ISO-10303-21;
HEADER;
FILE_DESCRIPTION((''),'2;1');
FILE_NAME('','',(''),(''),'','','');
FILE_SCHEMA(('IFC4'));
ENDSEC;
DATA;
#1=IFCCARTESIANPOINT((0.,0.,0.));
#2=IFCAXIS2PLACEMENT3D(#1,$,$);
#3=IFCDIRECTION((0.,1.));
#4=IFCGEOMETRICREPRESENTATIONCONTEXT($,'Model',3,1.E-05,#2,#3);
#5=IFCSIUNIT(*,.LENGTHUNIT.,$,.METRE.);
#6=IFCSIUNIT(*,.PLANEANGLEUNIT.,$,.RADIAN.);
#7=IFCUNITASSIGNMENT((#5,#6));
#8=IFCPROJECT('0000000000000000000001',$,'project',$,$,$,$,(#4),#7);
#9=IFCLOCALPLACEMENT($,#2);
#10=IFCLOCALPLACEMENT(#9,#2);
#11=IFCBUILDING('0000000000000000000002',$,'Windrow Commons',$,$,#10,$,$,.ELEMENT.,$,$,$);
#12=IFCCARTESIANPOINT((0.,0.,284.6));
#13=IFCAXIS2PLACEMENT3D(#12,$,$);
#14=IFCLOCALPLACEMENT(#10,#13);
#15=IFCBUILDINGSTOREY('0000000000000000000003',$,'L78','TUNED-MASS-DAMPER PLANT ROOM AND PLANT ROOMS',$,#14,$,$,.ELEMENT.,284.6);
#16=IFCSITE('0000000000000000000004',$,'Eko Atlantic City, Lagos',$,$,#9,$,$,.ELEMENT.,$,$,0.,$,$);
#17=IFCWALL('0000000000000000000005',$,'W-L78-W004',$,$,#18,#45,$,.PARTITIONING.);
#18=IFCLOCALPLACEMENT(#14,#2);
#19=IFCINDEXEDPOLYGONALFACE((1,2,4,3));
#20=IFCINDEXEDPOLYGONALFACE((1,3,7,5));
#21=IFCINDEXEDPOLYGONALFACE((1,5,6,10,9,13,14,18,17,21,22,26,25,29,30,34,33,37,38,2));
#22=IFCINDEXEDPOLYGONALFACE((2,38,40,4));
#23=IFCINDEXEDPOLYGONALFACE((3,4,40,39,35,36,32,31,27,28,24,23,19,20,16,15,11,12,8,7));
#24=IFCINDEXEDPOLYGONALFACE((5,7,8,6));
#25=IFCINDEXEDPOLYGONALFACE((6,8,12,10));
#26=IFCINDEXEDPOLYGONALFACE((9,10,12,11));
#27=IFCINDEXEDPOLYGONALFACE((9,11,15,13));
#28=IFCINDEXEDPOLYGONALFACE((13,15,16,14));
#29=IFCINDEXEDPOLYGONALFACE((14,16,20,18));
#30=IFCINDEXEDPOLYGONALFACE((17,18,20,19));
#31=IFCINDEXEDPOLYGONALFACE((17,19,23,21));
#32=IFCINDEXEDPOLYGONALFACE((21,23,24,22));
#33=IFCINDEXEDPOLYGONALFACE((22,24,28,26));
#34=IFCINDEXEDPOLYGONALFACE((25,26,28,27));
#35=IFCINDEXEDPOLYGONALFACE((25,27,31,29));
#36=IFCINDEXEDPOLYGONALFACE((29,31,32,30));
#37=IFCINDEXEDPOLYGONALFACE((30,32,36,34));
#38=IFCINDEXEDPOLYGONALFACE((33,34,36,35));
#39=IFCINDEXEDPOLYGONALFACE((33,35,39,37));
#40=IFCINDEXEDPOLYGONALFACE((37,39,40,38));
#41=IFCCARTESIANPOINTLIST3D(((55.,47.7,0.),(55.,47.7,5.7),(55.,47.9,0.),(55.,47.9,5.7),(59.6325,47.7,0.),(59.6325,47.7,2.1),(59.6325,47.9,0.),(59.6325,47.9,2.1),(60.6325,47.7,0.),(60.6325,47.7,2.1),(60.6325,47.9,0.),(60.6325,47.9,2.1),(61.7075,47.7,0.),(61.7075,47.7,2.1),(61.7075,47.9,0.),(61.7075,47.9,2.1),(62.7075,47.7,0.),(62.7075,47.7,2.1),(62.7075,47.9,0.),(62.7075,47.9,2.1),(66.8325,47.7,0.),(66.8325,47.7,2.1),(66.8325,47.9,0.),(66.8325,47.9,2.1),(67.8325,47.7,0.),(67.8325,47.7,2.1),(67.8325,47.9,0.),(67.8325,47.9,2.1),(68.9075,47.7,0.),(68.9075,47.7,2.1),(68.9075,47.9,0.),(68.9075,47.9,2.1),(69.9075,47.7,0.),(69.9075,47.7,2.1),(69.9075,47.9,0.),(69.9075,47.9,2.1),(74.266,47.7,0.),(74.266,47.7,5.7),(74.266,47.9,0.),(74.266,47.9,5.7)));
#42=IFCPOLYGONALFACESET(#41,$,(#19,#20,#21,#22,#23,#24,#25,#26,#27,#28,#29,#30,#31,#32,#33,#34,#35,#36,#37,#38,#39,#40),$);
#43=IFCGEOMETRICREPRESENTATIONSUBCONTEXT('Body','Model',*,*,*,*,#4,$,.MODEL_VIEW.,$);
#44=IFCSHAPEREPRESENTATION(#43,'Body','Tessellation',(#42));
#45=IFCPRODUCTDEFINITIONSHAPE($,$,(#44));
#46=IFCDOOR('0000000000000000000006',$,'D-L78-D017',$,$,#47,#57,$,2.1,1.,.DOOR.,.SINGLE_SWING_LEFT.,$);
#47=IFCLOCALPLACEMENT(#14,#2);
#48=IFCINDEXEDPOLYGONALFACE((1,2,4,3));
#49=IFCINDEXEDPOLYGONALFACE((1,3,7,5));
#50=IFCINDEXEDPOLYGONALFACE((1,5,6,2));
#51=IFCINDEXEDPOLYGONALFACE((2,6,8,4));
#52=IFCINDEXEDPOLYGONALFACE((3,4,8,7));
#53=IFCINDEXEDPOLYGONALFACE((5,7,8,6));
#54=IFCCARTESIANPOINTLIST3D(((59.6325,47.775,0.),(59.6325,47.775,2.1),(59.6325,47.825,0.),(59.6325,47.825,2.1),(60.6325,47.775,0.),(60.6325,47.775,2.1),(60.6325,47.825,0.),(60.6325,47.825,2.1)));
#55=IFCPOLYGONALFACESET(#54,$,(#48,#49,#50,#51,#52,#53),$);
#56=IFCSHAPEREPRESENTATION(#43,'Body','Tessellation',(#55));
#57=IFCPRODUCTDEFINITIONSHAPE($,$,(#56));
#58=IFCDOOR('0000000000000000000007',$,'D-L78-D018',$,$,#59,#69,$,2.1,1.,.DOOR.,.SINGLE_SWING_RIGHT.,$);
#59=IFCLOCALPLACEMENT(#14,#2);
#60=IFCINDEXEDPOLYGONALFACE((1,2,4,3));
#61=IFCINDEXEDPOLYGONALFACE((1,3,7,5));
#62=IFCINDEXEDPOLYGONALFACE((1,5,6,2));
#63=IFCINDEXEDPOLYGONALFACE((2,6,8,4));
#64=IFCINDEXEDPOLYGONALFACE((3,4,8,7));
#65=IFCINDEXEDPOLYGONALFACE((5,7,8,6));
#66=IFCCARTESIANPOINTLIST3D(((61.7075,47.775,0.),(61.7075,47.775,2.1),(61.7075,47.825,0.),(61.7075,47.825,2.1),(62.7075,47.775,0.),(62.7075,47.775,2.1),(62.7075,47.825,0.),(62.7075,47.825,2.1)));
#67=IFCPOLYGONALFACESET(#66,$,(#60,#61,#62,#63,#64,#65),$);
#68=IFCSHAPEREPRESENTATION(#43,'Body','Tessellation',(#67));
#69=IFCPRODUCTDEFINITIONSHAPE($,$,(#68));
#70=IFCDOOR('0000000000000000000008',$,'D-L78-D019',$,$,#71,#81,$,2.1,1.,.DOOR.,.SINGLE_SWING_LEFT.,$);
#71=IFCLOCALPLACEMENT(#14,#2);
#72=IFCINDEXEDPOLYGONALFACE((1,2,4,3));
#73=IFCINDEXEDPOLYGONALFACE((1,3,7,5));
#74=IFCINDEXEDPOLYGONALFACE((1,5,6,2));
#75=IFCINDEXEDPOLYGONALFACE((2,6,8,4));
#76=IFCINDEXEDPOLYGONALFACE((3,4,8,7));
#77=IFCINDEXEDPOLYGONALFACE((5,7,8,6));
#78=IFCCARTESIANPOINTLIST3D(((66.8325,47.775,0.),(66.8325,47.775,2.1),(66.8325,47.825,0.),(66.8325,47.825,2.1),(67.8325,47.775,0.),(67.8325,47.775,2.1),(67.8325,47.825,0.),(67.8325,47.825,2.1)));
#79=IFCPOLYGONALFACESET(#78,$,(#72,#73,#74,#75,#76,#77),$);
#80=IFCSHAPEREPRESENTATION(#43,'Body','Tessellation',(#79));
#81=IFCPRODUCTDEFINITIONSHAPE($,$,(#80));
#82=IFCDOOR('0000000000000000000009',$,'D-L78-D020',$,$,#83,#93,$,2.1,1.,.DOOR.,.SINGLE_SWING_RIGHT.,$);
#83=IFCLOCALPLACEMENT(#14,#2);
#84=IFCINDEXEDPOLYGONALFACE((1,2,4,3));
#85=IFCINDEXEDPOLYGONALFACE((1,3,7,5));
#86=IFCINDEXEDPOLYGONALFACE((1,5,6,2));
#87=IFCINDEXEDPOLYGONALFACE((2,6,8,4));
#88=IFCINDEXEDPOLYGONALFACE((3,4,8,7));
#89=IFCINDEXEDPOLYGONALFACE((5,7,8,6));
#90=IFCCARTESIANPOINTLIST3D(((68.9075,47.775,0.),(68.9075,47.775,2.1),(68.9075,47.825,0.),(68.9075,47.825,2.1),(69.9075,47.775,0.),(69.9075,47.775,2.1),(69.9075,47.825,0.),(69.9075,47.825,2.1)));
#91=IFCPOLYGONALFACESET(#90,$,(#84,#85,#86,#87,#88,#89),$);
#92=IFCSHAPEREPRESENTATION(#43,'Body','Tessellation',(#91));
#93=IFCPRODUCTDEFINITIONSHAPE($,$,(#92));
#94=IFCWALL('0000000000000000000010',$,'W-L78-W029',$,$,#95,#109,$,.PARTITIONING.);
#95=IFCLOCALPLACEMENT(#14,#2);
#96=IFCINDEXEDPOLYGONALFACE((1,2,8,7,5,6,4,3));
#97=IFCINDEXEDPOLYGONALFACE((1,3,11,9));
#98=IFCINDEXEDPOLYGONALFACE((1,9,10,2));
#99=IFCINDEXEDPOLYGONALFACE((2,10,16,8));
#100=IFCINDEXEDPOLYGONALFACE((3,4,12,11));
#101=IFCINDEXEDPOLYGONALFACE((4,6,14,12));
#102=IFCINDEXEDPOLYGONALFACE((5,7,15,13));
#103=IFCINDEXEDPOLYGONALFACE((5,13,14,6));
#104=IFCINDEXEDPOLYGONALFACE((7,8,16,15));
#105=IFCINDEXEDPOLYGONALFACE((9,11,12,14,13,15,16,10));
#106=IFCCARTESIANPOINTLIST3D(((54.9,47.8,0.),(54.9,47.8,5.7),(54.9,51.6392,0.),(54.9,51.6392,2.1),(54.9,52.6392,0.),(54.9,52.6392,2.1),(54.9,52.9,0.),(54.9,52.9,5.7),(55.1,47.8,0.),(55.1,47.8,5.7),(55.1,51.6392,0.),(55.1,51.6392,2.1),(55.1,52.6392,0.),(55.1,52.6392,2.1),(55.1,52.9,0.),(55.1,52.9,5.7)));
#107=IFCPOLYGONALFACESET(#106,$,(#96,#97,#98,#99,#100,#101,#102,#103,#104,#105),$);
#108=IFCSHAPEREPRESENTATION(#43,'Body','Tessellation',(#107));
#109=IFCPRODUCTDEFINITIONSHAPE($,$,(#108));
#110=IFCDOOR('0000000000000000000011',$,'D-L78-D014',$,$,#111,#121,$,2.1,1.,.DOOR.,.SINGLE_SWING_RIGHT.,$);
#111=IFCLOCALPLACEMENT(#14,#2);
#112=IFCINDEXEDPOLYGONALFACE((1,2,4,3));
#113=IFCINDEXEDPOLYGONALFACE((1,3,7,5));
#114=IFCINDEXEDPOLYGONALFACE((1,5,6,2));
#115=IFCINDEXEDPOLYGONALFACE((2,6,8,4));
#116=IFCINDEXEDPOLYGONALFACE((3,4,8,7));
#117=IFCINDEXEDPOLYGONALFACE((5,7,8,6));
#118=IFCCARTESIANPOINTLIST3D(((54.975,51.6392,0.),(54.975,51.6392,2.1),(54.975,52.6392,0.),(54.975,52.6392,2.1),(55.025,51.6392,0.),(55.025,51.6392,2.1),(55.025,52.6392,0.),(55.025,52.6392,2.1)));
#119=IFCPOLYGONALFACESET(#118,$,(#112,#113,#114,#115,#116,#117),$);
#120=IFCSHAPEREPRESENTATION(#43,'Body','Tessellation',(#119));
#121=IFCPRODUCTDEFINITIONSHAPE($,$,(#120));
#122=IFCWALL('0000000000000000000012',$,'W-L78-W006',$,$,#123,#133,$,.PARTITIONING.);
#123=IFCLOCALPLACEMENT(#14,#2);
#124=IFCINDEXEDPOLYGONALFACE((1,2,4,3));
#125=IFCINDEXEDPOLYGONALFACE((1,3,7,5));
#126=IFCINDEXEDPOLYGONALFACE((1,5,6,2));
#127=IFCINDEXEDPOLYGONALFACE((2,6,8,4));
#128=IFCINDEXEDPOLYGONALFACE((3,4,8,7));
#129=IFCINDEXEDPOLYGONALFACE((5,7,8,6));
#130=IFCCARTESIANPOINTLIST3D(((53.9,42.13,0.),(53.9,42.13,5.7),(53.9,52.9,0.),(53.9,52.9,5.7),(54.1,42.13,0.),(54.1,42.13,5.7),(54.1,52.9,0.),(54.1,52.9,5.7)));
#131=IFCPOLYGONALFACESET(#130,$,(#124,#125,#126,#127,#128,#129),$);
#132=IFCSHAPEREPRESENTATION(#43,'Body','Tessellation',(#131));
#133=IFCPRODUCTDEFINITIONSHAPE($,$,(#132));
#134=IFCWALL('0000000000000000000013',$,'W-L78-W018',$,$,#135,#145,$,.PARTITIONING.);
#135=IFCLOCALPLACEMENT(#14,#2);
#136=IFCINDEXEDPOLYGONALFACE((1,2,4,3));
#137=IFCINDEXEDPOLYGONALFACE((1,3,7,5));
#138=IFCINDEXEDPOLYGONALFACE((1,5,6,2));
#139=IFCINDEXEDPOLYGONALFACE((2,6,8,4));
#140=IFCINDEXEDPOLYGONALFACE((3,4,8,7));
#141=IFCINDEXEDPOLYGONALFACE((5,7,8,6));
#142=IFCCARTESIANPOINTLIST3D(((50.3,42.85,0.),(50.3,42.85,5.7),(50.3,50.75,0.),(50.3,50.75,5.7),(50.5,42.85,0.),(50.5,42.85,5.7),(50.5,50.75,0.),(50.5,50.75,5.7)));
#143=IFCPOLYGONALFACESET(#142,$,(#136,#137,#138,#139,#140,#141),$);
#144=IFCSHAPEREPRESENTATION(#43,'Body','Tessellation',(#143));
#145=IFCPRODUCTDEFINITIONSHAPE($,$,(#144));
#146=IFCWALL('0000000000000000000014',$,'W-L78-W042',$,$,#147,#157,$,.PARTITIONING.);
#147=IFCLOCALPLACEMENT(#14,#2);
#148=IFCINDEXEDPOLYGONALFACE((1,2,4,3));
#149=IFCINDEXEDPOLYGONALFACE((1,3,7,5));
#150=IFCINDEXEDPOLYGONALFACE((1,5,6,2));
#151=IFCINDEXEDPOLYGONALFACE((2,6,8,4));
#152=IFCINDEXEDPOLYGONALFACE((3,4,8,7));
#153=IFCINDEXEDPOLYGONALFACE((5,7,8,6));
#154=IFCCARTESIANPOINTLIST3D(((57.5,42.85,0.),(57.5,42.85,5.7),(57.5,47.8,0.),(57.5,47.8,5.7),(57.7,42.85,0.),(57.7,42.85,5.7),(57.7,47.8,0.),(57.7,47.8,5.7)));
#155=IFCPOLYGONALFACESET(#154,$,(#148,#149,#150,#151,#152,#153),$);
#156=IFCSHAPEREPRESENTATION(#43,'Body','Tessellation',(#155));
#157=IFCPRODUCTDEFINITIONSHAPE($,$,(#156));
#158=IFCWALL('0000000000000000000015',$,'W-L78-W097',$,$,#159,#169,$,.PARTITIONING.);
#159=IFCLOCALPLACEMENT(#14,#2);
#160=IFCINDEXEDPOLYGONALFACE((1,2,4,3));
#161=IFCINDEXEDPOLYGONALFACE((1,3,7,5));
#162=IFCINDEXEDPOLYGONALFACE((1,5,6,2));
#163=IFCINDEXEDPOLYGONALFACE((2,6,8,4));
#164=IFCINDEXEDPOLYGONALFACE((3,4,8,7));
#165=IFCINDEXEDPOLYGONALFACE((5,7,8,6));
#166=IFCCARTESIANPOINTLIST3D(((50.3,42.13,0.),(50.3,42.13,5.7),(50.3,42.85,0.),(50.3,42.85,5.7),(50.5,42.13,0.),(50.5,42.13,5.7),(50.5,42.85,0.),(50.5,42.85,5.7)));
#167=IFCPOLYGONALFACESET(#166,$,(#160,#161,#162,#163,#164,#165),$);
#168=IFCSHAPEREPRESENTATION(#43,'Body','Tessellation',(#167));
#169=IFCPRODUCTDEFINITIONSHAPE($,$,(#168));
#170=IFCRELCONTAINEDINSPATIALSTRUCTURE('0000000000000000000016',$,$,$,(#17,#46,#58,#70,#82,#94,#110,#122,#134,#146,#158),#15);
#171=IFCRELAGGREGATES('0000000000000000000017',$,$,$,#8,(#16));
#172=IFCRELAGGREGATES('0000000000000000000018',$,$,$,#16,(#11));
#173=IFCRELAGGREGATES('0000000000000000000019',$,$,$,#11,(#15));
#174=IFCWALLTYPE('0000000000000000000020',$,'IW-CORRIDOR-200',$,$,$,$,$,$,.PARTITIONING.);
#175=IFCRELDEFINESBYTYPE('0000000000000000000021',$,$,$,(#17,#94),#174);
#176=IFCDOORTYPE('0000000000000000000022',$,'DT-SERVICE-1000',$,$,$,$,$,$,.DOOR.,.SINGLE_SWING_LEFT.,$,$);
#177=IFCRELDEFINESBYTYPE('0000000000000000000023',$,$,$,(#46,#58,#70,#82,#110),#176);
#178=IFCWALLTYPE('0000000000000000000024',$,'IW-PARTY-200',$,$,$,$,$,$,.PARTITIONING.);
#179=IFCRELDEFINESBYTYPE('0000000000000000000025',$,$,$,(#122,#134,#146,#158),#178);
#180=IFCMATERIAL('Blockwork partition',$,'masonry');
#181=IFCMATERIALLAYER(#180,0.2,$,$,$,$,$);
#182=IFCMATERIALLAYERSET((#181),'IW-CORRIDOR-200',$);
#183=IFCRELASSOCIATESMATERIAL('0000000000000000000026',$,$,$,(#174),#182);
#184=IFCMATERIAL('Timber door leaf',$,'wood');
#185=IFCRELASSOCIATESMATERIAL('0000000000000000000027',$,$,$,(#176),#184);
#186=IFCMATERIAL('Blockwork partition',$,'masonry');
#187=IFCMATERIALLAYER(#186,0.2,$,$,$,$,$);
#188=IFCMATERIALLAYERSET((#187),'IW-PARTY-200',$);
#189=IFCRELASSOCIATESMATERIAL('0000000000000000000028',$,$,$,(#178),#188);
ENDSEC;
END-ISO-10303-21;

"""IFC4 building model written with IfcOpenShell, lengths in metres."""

from ifc_helpers import new_model, si_unit, direction, frame, frame_2d, origin, place, context, subcontext, project, spatial, rectangle, extrude, material, layer, layer_set, type_object, element, fill, save


model = new_model("IFC4")

# Units and contexts
model_context = context("Model", 3, precision=1e-05, world=origin(), true_north=direction((0.0, 1.0)))
body_context = subcontext(model_context, "Body", "Model", "MODEL_VIEW")
ifc_project = project(units=[si_unit("LENGTHUNIT", "METRE"), si_unit("PLANEANGLEUNIT", "RADIAN")], contexts=[model_context])

# Site, building, storey
site_placement = place(None, origin())
site = spatial("IfcSite", under=ifc_project, at=site_placement, Name="Eko Atlantic City, Lagos", CompositionType="ELEMENT", RefElevation=0.0)
building_placement = place(site_placement, origin())
building = spatial("IfcBuilding", under=site, at=building_placement, Name="Windrow Commons", CompositionType="ELEMENT")
storey_placement = place(building_placement, frame((0.0, 0.0, 284.6)))
storey = spatial("IfcBuildingStorey", under=building, at=storey_placement, Name="L78", Description="TUNED-MASS-DAMPER PLANT ROOM AND PLANT ROOMS", CompositionType="ELEMENT", Elevation=284.6)

# Wall, openings, doors
ifc_material_1 = material(Name="Blockwork partition", Category="masonry")
ifc_layer_1 = layer(ifc_material_1, 0.2)
ifc_layer_set_1 = layer_set([ifc_layer_1], Name="IW-CORRIDOR-200")
wall_type_1 = type_object("IfcWallType", Name="IW-CORRIDOR-200", PredefinedType="PARTITIONING", material=ifc_layer_set_1)
wall_1_placement = place(storey_placement, frame((55.0, 47.8, 0.0), z_axis=(0.0, 0.0, 1.0), x_axis=(1.0, 0.0, 0.0)))
wall_1 = element("IfcWall", 1, at=wall_1_placement, inside=storey, type_object=wall_type_1, Name="W-L78-W004", PredefinedType="PARTITIONING", context=body_context, shape_type="SweptSolid", body=[
    extrude(rectangle(XDim=19.266, YDim=0.2, at=frame_2d((9.633, 0.0))), origin(), (0.0, 0.0, 1.0), 5.7),
])
opening_1_placement = place(wall_1_placement, frame((4.6325, 0.0, 0.0)))
opening_1 = element("IfcOpeningElement", 2, at=opening_1_placement, cuts=wall_1, PredefinedType="OPENING", context=body_context, shape_type="SweptSolid", body=[
    extrude(rectangle(XDim=1.0, YDim=2.1, at=frame_2d((0.5, 1.05))), frame((0.0, 0.11, 0.0), z_axis=(0.0, -1.0, 0.0), x_axis=(1.0, 0.0, 0.0)), (0.0, 0.0, 1.0), 0.22),
])
opening_2_placement = place(wall_1_placement, frame((6.7075, 0.0, 0.0)))
opening_2 = element("IfcOpeningElement", 3, at=opening_2_placement, cuts=wall_1, PredefinedType="OPENING", context=body_context, shape_type="SweptSolid", body=[
    extrude(rectangle(XDim=1.0, YDim=2.1, at=frame_2d((0.5, 1.05))), frame((0.0, 0.11, 0.0), z_axis=(0.0, -1.0, 0.0), x_axis=(1.0, 0.0, 0.0)), (0.0, 0.0, 1.0), 0.22),
])
opening_3_placement = place(wall_1_placement, frame((11.8325, 0.0, 0.0)))
opening_3 = element("IfcOpeningElement", 4, at=opening_3_placement, cuts=wall_1, PredefinedType="OPENING", context=body_context, shape_type="SweptSolid", body=[
    extrude(rectangle(XDim=1.0, YDim=2.1, at=frame_2d((0.5, 1.05))), frame((0.0, 0.11, 0.0), z_axis=(0.0, -1.0, 0.0), x_axis=(1.0, 0.0, 0.0)), (0.0, 0.0, 1.0), 0.22),
])
opening_4_placement = place(wall_1_placement, frame((13.9075, 0.0, 0.0)))
opening_4 = element("IfcOpeningElement", 5, at=opening_4_placement, cuts=wall_1, PredefinedType="OPENING", context=body_context, shape_type="SweptSolid", body=[
    extrude(rectangle(XDim=1.0, YDim=2.1, at=frame_2d((0.5, 1.05))), frame((0.0, 0.11, 0.0), z_axis=(0.0, -1.0, 0.0), x_axis=(1.0, 0.0, 0.0)), (0.0, 0.0, 1.0), 0.22),
])
ifc_material_2 = material(Name="Timber door leaf", Category="wood")
door_type = type_object("IfcDoorType", Name="DT-SERVICE-1000", OperationType="SINGLE_SWING_LEFT", PredefinedType="DOOR", material=ifc_material_2)
door_1_placement = place(opening_1_placement, origin())
door_1 = element("IfcDoor", 6, at=door_1_placement, inside=storey, type_object=door_type, Name="D-L78-D017", OperationType="SINGLE_SWING_LEFT", OverallHeight=2.1, OverallWidth=1.0, PredefinedType="DOOR", context=body_context, shape_type="SweptSolid", body=[
    extrude(rectangle(XDim=1.0, YDim=2.1, at=frame_2d((0.5, 1.05))), frame((0.0, 0.025, 0.0), z_axis=(0.0, -1.0, 0.0), x_axis=(1.0, 0.0, 0.0)), (0.0, 0.0, 1.0), 0.05),
])
fill(opening_1, door_1)
door_2_placement = place(opening_2_placement, origin())
door_2 = element("IfcDoor", 7, at=door_2_placement, inside=storey, type_object=door_type, Name="D-L78-D018", OperationType="SINGLE_SWING_RIGHT", OverallHeight=2.1, OverallWidth=1.0, PredefinedType="DOOR", context=body_context, shape_type="SweptSolid", body=[
    extrude(rectangle(XDim=1.0, YDim=2.1, at=frame_2d((0.5, 1.05))), frame((0.0, 0.025, 0.0), z_axis=(0.0, -1.0, 0.0), x_axis=(1.0, 0.0, 0.0)), (0.0, 0.0, 1.0), 0.05),
])
fill(opening_2, door_2)
door_3_placement = place(opening_3_placement, origin())
door_3 = element("IfcDoor", 8, at=door_3_placement, inside=storey, type_object=door_type, Name="D-L78-D019", OperationType="SINGLE_SWING_LEFT", OverallHeight=2.1, OverallWidth=1.0, PredefinedType="DOOR", context=body_context, shape_type="SweptSolid", body=[
    extrude(rectangle(XDim=1.0, YDim=2.1, at=frame_2d((0.5, 1.05))), frame((0.0, 0.025, 0.0), z_axis=(0.0, -1.0, 0.0), x_axis=(1.0, 0.0, 0.0)), (0.0, 0.0, 1.0), 0.05),
])
fill(opening_3, door_3)
door_4_placement = place(opening_4_placement, origin())
door_4 = element("IfcDoor", 9, at=door_4_placement, inside=storey, type_object=door_type, Name="D-L78-D020", OperationType="SINGLE_SWING_RIGHT", OverallHeight=2.1, OverallWidth=1.0, PredefinedType="DOOR", context=body_context, shape_type="SweptSolid", body=[
    extrude(rectangle(XDim=1.0, YDim=2.1, at=frame_2d((0.5, 1.05))), frame((0.0, 0.025, 0.0), z_axis=(0.0, -1.0, 0.0), x_axis=(1.0, 0.0, 0.0)), (0.0, 0.0, 1.0), 0.05),
])
fill(opening_4, door_4)

# Wall, opening, door
wall_2_placement = place(storey_placement, frame((55.0, 47.8, 0.0), z_axis=(0.0, 0.0, 1.0), x_axis=(0.0, 1.0, 0.0)))
wall_2 = element("IfcWall", 10, at=wall_2_placement, inside=storey, type_object=wall_type_1, Name="W-L78-W029", PredefinedType="PARTITIONING", context=body_context, shape_type="SweptSolid", body=[
    extrude(rectangle(XDim=5.1, YDim=0.2, at=frame_2d((2.55, 0.0))), origin(), (0.0, 0.0, 1.0), 5.7),
])
opening_5_placement = place(wall_2_placement, frame((3.8392, 0.0, 0.0)))
opening_5 = element("IfcOpeningElement", 11, at=opening_5_placement, cuts=wall_2, PredefinedType="OPENING", context=body_context, shape_type="SweptSolid", body=[
    extrude(rectangle(XDim=1.0, YDim=2.1, at=frame_2d((0.5, 1.05))), frame((0.0, 0.11, 0.0), z_axis=(0.0, -1.0, 0.0), x_axis=(1.0, 0.0, 0.0)), (0.0, 0.0, 1.0), 0.22),
])
door_5_placement = place(opening_5_placement, origin())
door_5 = element("IfcDoor", 12, at=door_5_placement, inside=storey, type_object=door_type, Name="D-L78-D014", OperationType="SINGLE_SWING_RIGHT", OverallHeight=2.1, OverallWidth=1.0, PredefinedType="DOOR", context=body_context, shape_type="SweptSolid", body=[
    extrude(rectangle(XDim=1.0, YDim=2.1, at=frame_2d((0.5, 1.05))), frame((0.0, 0.025, 0.0), z_axis=(0.0, -1.0, 0.0), x_axis=(1.0, 0.0, 0.0)), (0.0, 0.0, 1.0), 0.05),
])
fill(opening_5, door_5)

# Walls
ifc_material_3 = material(Name="Blockwork partition", Category="masonry")
ifc_layer_2 = layer(ifc_material_3, 0.2)
ifc_layer_set_2 = layer_set([ifc_layer_2], Name="IW-PARTY-200")
wall_type_2 = type_object("IfcWallType", Name="IW-PARTY-200", PredefinedType="PARTITIONING", material=ifc_layer_set_2)
wall_3_placement = place(storey_placement, frame((54.0, 42.13, 0.0), z_axis=(0.0, 0.0, 1.0), x_axis=(0.0, 1.0, 0.0)))
element("IfcWall", 13, at=wall_3_placement, inside=storey, type_object=wall_type_2, Name="W-L78-W006", PredefinedType="PARTITIONING", context=body_context, shape_type="SweptSolid", body=[
    extrude(rectangle(XDim=10.77, YDim=0.2, at=frame_2d((5.385, 0.0))), origin(), (0.0, 0.0, 1.0), 5.7),
])
wall_4_placement = place(storey_placement, frame((50.4, 42.85, 0.0), z_axis=(0.0, 0.0, 1.0), x_axis=(0.0, 1.0, 0.0)))
element("IfcWall", 14, at=wall_4_placement, inside=storey, type_object=wall_type_2, Name="W-L78-W018", PredefinedType="PARTITIONING", context=body_context, shape_type="SweptSolid", body=[
    extrude(rectangle(XDim=7.9, YDim=0.2, at=frame_2d((3.95, 0.0))), origin(), (0.0, 0.0, 1.0), 5.7),
])
wall_5_placement = place(storey_placement, frame((57.6, 42.85, 0.0), z_axis=(0.0, 0.0, 1.0), x_axis=(0.0, 1.0, 0.0)))
element("IfcWall", 15, at=wall_5_placement, inside=storey, type_object=wall_type_2, Name="W-L78-W042", PredefinedType="PARTITIONING", context=body_context, shape_type="SweptSolid", body=[
    extrude(rectangle(XDim=4.95, YDim=0.2, at=frame_2d((2.475, 0.0))), origin(), (0.0, 0.0, 1.0), 5.7),
])
for number, where, z_axis, x_axis, name in (
    (16, (50.4, 42.13, 0.0), (0.0, 0.0, 1.0), (0.0, 1.0, 0.0), "W-L78-W097"),
):
    element("IfcWall", number, at=place(storey_placement, frame(where, z_axis=z_axis, x_axis=x_axis)), inside=storey, type_object=wall_type_2, Name=name, PredefinedType="PARTITIONING", context=body_context, shape_type="SweptSolid", body=[
        extrude(rectangle(XDim=0.72, YDim=0.2, at=frame_2d((0.36, 0.0))), origin(), (0.0, 0.0, 1.0), 5.7),
    ])

save(model, "model.ifc")
